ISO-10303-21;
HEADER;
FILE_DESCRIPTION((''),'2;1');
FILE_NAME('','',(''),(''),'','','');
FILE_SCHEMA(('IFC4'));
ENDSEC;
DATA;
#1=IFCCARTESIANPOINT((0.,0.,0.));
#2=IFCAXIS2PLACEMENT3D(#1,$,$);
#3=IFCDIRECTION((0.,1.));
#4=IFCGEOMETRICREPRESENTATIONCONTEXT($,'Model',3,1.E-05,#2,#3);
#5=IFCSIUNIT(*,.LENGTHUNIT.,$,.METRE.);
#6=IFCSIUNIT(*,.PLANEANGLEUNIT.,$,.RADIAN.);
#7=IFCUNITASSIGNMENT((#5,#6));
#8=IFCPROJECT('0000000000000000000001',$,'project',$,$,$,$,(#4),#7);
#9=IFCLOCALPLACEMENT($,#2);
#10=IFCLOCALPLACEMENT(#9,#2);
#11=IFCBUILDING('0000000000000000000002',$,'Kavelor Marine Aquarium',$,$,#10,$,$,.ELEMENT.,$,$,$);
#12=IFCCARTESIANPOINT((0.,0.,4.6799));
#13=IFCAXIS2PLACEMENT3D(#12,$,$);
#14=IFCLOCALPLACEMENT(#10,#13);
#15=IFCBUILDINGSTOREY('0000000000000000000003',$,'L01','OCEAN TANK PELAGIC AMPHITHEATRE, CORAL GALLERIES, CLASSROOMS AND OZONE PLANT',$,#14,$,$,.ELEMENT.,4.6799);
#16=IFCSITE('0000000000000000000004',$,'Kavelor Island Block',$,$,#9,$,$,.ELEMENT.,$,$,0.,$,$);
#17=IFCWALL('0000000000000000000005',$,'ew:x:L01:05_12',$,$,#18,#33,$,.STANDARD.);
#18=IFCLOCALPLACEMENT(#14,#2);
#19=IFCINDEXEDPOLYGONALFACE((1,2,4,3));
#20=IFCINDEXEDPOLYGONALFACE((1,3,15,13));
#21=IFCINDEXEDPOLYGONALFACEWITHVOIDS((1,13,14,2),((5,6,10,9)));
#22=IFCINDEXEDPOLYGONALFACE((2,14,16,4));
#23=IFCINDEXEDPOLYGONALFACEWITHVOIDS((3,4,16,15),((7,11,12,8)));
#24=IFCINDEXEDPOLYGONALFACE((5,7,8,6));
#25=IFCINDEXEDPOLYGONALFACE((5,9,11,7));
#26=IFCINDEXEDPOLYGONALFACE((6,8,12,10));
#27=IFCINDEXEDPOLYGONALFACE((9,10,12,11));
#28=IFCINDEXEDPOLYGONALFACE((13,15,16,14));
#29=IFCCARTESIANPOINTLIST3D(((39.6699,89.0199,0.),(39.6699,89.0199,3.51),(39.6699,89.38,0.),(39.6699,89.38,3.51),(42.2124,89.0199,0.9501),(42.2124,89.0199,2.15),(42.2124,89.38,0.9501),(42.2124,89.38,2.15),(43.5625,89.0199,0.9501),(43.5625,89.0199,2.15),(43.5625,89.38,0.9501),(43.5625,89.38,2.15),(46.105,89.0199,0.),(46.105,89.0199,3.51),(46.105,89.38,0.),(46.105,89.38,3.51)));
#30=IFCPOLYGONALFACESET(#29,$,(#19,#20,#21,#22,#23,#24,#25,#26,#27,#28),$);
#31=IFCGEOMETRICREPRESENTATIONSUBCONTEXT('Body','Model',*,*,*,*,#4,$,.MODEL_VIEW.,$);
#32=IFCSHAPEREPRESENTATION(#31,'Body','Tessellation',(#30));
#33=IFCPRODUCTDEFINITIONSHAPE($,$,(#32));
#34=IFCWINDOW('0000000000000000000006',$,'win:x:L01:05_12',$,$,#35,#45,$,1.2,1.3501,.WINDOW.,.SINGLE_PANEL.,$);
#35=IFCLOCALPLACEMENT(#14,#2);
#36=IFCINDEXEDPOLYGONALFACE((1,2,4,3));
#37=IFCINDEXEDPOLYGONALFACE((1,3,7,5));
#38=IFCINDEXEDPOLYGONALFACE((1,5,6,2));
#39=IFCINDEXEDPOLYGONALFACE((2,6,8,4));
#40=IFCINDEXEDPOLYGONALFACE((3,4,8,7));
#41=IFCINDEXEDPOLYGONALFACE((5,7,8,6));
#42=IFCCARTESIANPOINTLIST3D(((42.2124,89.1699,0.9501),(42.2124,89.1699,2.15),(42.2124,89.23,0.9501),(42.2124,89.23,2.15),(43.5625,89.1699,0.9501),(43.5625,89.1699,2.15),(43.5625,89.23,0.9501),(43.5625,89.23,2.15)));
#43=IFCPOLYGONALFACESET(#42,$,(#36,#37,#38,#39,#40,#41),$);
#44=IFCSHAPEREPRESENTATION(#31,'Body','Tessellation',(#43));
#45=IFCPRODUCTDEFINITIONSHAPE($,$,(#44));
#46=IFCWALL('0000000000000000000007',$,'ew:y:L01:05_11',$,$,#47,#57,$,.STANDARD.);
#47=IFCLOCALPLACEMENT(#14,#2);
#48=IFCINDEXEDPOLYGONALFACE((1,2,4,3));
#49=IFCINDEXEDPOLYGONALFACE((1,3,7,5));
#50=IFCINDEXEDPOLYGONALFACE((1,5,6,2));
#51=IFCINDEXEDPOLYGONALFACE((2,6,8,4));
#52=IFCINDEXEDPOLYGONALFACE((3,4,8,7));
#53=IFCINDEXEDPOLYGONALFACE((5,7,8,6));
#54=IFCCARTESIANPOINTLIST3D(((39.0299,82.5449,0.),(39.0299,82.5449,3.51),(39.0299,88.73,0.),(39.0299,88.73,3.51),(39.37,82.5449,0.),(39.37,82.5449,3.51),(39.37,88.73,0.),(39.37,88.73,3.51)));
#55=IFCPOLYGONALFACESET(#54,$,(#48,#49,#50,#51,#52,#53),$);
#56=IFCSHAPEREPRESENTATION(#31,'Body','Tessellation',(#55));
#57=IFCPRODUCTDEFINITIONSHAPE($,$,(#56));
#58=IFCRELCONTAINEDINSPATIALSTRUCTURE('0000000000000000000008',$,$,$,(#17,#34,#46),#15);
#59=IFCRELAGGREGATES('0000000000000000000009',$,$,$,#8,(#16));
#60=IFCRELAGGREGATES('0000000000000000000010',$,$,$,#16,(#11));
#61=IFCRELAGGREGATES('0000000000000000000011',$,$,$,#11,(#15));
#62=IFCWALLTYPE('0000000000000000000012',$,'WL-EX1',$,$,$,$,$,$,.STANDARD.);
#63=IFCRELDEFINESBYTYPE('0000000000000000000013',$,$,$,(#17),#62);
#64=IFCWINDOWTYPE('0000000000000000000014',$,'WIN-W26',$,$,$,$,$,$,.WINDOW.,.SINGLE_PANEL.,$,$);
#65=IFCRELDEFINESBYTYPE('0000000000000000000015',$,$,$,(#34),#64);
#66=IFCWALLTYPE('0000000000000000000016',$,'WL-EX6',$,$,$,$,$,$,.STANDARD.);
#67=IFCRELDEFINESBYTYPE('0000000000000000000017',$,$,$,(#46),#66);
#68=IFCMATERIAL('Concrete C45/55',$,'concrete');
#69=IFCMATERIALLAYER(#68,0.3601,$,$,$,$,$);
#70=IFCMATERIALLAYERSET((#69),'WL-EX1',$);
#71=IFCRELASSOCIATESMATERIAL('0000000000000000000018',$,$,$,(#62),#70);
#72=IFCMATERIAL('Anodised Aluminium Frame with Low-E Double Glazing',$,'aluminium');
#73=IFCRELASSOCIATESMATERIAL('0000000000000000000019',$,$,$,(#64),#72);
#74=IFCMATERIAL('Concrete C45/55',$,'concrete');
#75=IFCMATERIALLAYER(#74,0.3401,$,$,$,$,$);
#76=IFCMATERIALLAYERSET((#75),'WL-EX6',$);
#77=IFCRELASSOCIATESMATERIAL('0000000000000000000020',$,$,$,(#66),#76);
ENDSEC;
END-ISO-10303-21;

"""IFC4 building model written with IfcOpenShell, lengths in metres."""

from ifc_helpers import new_model, si_unit, direction, frame, frame_2d, origin, place, context, subcontext, project, spatial, rectangle, extrude, material, layer, layer_set, type_object, element, fill, save


model = new_model("IFC4")

# Units and contexts
model_context = context("Model", 3, precision=1e-05, world=origin(), true_north=direction((0.0, 1.0)))
body_context = subcontext(model_context, "Body", "Model", "MODEL_VIEW")
ifc_project = project(units=[si_unit("LENGTHUNIT", "METRE"), si_unit("PLANEANGLEUNIT", "RADIAN")], contexts=[model_context])

# Site, building, storey
site_placement = place(None, origin())
site = spatial("IfcSite", under=ifc_project, at=site_placement, Name="Kavelor Island Block", CompositionType="ELEMENT", RefElevation=0.0)
building_placement = place(site_placement, origin())
building = spatial("IfcBuilding", under=site, at=building_placement, Name="Kavelor Marine Aquarium", CompositionType="ELEMENT")
storey_placement = place(building_placement, frame((0.0, 0.0, 4.6799)))
storey = spatial("IfcBuildingStorey", under=building, at=storey_placement, Name="L01", Description="OCEAN TANK PELAGIC AMPHITHEATRE, CORAL GALLERIES, CLASSROOMS AND OZONE PLANT", CompositionType="ELEMENT", Elevation=4.6799)

# Wall, opening, window
ifc_material_1 = material(Name="Concrete C45/55", Category="concrete")
ifc_layer_1 = layer(ifc_material_1, 0.3601)
ifc_layer_set_1 = layer_set([ifc_layer_1], Name="WL-EX1")
wall_type_1 = type_object("IfcWallType", Name="WL-EX1", PredefinedType="STANDARD", material=ifc_layer_set_1)
wall_1_placement = place(storey_placement, frame((46.105, 89.2, 0.0), z_axis=(0.0, 0.0, 1.0), x_axis=(-1.0, 0.0, 0.0)))
wall_1 = element("IfcWall", 1, at=wall_1_placement, inside=storey, type_object=wall_type_1, Name="ew:x:L01:05_12", PredefinedType="STANDARD", context=body_context, shape_type="SweptSolid", body=[
    extrude(rectangle(XDim=6.4351, YDim=0.3601, at=frame_2d((3.2175, 0.0))), origin(), (0.0, 0.0, 1.0), 3.51),
])
opening_placement = place(wall_1_placement, frame((2.5425, 0.0, 0.95)))
opening = element("IfcOpeningElement", 2, at=opening_placement, cuts=wall_1, PredefinedType="OPENING", context=body_context, shape_type="SweptSolid", body=[
    extrude(rectangle(XDim=1.3501, YDim=1.2, at=frame_2d((0.675, 0.6001))), frame((0.0, 0.1899, 0.0), z_axis=(0.0, -1.0, 0.0), x_axis=(1.0, 0.0, 0.0)), (0.0, 0.0, 1.0), 0.3801),
])
ifc_material_2 = material(Name="Anodised Aluminium Frame with Low-E Double Glazing", Category="aluminium")
window_type = type_object("IfcWindowType", Name="WIN-W26", PartitioningType="SINGLE_PANEL", PredefinedType="WINDOW", material=ifc_material_2)
window_placement = place(opening_placement, origin())
window = element("IfcWindow", 3, at=window_placement, inside=storey, type_object=window_type, Name="win:x:L01:05_12", OverallHeight=1.2, OverallWidth=1.3501, PartitioningType="SINGLE_PANEL", PredefinedType="WINDOW", context=body_context, shape_type="SweptSolid", body=[
    extrude(rectangle(XDim=1.3501, YDim=1.2, at=frame_2d((0.675, 0.6001))), frame((0.0, 0.03, 0.0), z_axis=(0.0, -1.0, 0.0), x_axis=(1.0, 0.0, 0.0)), (0.0, 0.0, 1.0), 0.0601),
])
fill(opening, window)

# Wall
ifc_material_3 = material(Name="Concrete C45/55", Category="concrete")
ifc_layer_2 = layer(ifc_material_3, 0.3401)
ifc_layer_set_2 = layer_set([ifc_layer_2], Name="WL-EX6")
wall_type_2 = type_object("IfcWallType", Name="WL-EX6", PredefinedType="STANDARD", material=ifc_layer_set_2)
wall_2_placement = place(storey_placement, frame((39.2, 88.73, 0.0), z_axis=(0.0, 0.0, 1.0), x_axis=(0.0, -1.0, 0.0)))
element("IfcWall", 4, at=wall_2_placement, inside=storey, type_object=wall_type_2, Name="ew:y:L01:05_11", PredefinedType="STANDARD", context=body_context, shape_type="SweptSolid", body=[
    extrude(rectangle(XDim=6.1851, YDim=0.3401, at=frame_2d((3.0925, 0.0))), origin(), (0.0, 0.0, 1.0), 3.51),
])

save(model, "model.ifc")
